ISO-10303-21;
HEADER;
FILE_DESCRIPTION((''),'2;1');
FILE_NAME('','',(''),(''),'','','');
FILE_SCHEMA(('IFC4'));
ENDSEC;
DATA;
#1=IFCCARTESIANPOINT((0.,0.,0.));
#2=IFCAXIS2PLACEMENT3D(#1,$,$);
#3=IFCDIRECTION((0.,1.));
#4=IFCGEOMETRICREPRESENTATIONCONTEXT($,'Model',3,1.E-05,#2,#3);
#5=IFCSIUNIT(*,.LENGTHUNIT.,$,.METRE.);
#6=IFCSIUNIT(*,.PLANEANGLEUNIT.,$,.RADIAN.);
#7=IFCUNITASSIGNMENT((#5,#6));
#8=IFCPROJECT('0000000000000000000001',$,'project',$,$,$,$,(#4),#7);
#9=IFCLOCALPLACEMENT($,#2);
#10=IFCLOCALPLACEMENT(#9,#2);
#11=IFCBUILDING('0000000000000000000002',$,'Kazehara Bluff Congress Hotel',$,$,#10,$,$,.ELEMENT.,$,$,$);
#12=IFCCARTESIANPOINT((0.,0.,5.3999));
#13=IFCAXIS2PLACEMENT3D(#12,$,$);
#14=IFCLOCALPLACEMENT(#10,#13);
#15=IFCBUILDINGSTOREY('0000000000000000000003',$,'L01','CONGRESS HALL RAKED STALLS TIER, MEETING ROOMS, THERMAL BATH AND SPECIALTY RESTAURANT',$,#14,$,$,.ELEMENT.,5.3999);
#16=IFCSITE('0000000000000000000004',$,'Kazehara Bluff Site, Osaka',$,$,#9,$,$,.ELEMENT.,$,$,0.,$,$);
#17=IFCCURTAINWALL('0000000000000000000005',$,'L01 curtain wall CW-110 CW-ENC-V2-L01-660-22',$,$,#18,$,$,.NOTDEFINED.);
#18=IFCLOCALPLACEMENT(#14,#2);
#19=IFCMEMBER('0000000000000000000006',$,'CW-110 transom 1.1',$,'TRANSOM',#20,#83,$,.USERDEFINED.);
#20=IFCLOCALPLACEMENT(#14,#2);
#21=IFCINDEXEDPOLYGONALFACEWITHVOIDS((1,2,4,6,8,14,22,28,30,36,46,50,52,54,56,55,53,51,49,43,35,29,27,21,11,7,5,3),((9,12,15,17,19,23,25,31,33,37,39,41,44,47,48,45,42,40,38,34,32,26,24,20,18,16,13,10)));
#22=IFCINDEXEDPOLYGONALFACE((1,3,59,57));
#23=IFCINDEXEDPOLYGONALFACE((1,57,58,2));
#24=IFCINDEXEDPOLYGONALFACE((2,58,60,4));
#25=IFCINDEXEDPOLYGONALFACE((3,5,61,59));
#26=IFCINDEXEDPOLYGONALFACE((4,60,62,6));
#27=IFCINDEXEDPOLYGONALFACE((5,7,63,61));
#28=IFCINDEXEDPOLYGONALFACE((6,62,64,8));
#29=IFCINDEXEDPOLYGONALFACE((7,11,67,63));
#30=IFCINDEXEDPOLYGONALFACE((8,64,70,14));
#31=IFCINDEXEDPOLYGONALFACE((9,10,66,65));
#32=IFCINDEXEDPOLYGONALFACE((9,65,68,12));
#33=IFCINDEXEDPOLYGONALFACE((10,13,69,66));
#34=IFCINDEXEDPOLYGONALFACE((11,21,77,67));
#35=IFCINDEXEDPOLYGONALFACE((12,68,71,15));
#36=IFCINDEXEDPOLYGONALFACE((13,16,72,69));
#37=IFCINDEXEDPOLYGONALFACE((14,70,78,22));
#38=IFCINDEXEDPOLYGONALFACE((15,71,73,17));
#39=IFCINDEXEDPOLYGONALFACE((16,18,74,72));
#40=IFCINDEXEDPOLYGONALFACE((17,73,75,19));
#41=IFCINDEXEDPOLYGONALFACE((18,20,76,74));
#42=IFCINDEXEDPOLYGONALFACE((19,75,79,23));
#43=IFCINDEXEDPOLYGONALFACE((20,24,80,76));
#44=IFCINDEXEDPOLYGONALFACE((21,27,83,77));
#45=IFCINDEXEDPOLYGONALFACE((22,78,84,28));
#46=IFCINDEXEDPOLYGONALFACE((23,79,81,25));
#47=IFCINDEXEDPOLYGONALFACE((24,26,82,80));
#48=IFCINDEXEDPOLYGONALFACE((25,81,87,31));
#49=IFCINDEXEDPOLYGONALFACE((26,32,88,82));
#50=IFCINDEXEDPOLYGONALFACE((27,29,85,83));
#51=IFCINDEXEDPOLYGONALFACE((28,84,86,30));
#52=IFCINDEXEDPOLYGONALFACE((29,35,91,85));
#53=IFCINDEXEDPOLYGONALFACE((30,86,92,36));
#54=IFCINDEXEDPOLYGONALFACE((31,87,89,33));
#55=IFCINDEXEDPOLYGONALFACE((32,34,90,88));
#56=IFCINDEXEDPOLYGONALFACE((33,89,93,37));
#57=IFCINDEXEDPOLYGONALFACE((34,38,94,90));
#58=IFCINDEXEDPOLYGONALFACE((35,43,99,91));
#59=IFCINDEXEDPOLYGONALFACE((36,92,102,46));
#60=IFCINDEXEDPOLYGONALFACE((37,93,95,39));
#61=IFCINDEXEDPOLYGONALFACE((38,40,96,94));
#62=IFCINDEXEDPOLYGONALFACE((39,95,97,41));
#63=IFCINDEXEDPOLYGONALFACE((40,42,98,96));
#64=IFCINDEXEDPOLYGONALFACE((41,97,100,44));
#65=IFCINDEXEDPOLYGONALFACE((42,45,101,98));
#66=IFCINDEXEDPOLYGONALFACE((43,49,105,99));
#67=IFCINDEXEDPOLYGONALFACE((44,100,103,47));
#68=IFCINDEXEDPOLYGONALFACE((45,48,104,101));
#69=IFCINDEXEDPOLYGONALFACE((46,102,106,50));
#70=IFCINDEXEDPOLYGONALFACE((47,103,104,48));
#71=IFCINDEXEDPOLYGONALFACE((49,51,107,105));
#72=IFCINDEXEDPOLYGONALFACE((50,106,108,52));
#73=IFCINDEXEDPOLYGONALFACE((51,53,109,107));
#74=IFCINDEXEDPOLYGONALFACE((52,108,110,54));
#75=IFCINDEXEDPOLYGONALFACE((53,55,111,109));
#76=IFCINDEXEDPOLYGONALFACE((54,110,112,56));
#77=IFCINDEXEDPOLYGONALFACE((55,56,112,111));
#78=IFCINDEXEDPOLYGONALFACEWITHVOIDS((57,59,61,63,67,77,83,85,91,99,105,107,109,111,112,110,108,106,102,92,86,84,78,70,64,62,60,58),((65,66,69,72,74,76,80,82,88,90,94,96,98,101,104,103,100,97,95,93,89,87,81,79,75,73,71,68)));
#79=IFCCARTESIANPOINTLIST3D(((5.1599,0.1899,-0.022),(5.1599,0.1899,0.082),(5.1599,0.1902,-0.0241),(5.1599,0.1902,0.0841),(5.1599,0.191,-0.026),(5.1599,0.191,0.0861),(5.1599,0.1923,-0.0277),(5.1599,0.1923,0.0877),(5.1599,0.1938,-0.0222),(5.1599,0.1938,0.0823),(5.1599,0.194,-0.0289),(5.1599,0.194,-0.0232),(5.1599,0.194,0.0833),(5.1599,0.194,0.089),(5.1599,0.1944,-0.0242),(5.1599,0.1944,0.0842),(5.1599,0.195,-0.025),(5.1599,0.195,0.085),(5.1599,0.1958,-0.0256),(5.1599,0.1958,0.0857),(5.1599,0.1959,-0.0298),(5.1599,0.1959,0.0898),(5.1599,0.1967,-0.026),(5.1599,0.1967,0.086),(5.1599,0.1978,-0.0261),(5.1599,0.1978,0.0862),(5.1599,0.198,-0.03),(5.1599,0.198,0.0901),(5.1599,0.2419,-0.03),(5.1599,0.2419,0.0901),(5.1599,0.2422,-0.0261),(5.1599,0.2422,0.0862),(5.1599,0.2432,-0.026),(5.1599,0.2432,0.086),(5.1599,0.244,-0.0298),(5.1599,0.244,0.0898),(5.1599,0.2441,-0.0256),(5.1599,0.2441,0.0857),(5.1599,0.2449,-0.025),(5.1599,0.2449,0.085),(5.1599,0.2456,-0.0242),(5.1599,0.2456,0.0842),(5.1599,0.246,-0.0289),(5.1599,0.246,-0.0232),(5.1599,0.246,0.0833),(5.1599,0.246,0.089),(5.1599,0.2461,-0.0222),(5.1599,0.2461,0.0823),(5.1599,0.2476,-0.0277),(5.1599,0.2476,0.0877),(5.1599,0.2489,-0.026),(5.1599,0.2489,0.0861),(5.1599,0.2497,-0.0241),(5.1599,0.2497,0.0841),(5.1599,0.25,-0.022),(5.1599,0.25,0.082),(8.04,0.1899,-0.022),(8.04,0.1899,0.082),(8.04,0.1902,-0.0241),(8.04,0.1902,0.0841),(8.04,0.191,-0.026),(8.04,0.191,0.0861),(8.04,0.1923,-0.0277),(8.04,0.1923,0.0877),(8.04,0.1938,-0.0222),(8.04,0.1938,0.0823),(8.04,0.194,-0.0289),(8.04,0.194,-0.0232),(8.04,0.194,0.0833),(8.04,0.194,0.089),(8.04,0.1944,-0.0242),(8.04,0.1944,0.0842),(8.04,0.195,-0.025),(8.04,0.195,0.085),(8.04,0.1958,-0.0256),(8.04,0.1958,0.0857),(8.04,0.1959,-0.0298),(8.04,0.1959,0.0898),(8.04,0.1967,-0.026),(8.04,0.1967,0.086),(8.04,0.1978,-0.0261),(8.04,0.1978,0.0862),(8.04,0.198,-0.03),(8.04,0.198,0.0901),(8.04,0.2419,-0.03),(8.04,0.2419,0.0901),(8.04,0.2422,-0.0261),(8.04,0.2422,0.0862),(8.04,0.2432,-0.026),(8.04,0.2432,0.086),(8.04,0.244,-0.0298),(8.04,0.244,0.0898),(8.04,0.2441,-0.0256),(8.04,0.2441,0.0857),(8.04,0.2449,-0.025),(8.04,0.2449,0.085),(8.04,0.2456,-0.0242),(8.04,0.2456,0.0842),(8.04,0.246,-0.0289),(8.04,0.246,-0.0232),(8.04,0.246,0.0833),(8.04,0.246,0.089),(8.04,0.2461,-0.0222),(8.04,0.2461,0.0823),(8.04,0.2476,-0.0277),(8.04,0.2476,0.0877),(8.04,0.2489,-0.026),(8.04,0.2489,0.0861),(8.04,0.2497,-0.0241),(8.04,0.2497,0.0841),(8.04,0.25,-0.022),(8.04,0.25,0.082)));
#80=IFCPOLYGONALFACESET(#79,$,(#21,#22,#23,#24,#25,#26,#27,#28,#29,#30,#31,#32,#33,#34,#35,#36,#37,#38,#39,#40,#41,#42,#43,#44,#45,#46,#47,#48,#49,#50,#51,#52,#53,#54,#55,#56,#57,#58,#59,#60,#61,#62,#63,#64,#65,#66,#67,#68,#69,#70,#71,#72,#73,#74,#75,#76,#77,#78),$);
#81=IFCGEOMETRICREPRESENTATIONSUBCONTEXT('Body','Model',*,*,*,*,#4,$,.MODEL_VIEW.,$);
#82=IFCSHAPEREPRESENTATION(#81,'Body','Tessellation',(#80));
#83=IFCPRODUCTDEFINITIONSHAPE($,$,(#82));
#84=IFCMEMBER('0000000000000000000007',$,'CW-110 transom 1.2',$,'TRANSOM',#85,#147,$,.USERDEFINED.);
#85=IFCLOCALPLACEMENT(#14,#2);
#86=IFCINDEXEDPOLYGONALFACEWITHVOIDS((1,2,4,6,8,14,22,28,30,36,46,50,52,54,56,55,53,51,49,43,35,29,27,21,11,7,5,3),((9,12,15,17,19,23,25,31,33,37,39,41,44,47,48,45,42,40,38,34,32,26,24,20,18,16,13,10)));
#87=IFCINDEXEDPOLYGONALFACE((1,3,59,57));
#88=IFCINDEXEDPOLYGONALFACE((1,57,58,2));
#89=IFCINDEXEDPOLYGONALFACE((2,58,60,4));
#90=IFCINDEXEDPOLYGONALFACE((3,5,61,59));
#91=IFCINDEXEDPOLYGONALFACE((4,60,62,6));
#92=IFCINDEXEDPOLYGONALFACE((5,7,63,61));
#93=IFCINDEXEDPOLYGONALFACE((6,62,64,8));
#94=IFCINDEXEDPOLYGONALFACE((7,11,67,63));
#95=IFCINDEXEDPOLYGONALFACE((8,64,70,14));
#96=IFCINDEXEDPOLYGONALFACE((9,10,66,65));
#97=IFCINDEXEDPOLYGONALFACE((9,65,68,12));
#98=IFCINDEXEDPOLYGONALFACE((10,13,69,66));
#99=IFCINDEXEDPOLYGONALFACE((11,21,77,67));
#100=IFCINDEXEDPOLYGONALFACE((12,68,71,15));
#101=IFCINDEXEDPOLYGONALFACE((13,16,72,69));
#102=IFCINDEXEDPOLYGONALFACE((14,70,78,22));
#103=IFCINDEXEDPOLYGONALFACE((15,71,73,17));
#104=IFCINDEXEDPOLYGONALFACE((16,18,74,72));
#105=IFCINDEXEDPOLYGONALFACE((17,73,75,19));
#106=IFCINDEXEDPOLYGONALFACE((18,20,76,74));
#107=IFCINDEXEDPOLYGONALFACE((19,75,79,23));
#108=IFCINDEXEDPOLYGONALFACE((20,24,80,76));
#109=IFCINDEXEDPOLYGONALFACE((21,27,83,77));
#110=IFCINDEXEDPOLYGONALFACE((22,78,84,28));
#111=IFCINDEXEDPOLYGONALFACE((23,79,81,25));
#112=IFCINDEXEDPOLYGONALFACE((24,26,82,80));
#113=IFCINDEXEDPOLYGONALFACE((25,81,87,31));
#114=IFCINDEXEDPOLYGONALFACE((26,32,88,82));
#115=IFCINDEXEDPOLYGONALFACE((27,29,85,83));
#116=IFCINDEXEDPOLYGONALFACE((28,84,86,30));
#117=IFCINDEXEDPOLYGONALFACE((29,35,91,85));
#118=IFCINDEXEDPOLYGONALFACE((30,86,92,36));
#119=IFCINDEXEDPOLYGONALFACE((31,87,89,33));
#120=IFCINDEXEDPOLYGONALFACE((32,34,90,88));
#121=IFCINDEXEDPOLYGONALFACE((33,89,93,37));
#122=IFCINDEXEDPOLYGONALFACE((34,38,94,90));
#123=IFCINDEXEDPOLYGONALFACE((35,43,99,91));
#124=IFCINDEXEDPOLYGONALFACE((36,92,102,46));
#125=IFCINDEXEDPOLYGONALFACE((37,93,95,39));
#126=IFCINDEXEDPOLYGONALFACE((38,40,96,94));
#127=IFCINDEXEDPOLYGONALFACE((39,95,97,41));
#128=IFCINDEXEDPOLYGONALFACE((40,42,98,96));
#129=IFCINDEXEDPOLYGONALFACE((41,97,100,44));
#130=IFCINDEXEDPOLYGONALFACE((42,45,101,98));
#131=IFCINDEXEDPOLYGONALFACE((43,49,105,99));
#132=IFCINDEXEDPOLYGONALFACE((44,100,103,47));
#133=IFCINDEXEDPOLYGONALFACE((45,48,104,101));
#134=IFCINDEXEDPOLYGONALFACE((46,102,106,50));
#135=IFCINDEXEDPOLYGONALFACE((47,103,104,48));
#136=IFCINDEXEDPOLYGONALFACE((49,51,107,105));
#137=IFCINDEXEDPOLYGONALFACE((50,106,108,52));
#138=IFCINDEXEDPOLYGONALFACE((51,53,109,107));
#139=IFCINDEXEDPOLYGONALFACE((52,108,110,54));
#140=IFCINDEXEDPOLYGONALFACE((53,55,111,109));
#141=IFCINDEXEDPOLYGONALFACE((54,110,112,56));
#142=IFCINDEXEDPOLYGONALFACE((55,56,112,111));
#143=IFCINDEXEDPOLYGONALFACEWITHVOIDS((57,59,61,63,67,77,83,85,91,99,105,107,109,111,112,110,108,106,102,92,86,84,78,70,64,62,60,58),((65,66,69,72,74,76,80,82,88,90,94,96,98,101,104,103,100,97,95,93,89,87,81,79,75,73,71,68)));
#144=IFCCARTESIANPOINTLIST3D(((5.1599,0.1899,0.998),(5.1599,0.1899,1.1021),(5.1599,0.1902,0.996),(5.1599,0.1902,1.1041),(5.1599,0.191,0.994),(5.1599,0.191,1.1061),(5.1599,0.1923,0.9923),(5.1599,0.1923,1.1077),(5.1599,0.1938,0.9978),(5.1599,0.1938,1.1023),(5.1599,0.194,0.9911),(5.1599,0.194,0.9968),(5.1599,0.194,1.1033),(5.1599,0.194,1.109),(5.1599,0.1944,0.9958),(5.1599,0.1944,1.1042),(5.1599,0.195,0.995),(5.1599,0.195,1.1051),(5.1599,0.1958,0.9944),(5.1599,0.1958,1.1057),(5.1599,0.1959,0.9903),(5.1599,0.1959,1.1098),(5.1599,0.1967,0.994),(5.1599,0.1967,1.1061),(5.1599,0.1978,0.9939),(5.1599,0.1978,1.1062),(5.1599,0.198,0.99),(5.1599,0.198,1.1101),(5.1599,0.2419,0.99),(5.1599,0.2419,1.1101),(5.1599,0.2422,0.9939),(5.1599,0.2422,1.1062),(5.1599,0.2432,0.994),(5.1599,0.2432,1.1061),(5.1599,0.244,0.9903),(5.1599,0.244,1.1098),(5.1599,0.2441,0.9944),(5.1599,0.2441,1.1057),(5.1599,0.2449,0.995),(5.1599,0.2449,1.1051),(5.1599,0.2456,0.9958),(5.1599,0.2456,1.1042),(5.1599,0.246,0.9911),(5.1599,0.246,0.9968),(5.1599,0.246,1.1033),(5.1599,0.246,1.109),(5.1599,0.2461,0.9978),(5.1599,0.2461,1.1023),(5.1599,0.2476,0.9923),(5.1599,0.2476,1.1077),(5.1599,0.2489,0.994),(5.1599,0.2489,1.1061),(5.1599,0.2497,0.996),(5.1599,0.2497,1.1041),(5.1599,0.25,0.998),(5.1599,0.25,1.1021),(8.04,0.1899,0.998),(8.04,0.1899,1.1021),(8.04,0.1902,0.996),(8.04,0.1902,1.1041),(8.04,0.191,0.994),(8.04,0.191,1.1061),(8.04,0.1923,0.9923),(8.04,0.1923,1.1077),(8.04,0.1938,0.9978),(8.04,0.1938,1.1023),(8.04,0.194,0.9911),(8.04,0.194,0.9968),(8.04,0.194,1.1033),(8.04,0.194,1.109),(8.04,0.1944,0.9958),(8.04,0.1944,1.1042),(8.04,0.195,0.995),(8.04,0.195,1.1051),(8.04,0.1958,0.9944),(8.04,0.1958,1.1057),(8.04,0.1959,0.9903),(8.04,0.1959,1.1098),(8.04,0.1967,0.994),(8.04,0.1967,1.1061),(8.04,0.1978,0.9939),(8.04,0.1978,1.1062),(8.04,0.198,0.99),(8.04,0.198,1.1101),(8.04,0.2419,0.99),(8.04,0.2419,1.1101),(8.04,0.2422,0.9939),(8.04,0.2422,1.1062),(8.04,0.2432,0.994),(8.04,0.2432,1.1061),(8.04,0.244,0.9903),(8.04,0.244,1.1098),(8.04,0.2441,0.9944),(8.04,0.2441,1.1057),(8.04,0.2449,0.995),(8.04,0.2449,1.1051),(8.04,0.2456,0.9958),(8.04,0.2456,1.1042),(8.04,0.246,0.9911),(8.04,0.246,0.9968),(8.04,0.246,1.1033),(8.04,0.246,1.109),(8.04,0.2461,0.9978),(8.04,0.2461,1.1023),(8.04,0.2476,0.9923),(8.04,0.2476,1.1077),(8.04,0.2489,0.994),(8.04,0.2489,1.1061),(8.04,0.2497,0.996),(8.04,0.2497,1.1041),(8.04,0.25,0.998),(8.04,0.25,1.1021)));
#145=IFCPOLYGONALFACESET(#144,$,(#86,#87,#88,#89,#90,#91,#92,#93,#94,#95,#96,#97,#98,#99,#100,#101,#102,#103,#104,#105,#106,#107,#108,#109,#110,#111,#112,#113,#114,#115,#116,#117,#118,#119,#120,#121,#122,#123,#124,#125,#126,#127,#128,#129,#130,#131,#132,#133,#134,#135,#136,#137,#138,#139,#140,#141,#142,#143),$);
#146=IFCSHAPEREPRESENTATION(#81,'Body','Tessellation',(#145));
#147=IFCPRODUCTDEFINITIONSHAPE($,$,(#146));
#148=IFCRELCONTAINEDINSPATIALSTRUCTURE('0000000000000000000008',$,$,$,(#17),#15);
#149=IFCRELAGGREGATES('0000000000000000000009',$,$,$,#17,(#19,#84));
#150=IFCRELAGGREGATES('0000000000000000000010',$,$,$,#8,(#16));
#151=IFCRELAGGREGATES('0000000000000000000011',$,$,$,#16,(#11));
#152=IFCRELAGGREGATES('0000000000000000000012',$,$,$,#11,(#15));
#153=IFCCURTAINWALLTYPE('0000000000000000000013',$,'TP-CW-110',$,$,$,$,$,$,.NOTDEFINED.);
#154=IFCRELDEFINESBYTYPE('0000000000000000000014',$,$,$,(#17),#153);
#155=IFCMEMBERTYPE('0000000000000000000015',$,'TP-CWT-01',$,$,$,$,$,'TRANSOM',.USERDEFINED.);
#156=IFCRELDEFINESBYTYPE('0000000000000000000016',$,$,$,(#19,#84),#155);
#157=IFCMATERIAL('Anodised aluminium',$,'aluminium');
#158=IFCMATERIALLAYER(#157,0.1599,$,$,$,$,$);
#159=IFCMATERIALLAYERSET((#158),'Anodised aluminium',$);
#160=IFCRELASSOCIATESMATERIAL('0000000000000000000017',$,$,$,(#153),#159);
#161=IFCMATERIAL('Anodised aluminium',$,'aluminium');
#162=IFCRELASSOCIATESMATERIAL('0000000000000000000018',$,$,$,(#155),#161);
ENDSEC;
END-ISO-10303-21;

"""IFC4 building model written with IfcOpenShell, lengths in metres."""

from ifc_helpers import new_model, si_unit, direction, frame, origin, origin_2d, place, context, subcontext, project, spatial, hollow_rectangle, extrude, material, layer, layer_set, material_profile, profile_set, type_object, element, aggregate, save


model = new_model("IFC4")

# Units and contexts
model_context = context("Model", 3, precision=1e-05, world=origin(), true_north=direction((0.0, 1.0)))
body_context = subcontext(model_context, "Body", "Model", "MODEL_VIEW")
ifc_project = project(units=[si_unit("LENGTHUNIT", "METRE"), si_unit("PLANEANGLEUNIT", "RADIAN")], contexts=[model_context])

# Site, building, storey
site_placement = place(None, origin())
site = spatial("IfcSite", under=ifc_project, at=site_placement, Name="Kazehara Bluff Site, Osaka", CompositionType="ELEMENT", RefElevation=0.0)
building_placement = place(site_placement, origin())
building = spatial("IfcBuilding", under=site, at=building_placement, Name="Kazehara Bluff Congress Hotel", CompositionType="ELEMENT")
storey_placement = place(building_placement, frame((0.0, 0.0, 5.3999)))
storey = spatial("IfcBuildingStorey", under=building, at=storey_placement, Name="L01", Description="CONGRESS HALL RAKED STALLS TIER, MEETING ROOMS, THERMAL BATH AND SPECIALTY RESTAURANT", CompositionType="ELEMENT", Elevation=5.3999)

# Curtain wall, members
ifc_material_1 = material(Name="Anodised aluminium", Category="aluminium")
ifc_layer_1 = layer(ifc_material_1, 0.1599)
ifc_layer_set_1 = layer_set([ifc_layer_1], Name="Anodised aluminium")
curtain_wall_type = type_object("IfcCurtainWallType", Name="TP-CW-110", PredefinedType="NOTDEFINED", material=ifc_layer_set_1)
curtain_wall_placement = place(storey_placement, origin())
curtain_wall = element("IfcCurtainWall", 1, at=curtain_wall_placement, inside=storey, type_object=curtain_wall_type, Name="L01 curtain wall CW-110 CW-ENC-V2-L01-660-22", PredefinedType="NOTDEFINED")
ifc_material_2 = material(Name="Anodised aluminium", Category="aluminium")
ifc_material_profile_1 = material_profile(ifc_material_2, hollow_rectangle(XDim=0.0601, YDim=0.1201, WallThickness=0.0039, InnerFilletRadius=0.0039, OuterFilletRadius=0.0081, at=origin_2d()))
ifc_profile_set_1 = profile_set([ifc_material_profile_1], Name="Anodised aluminium")
member_type_1 = type_object("IfcMemberType", Name="TP-CWT-01", ElementType="TRANSOM", PredefinedType="USERDEFINED", material=ifc_profile_set_1)
member_1_placement = place(storey_placement, frame((8.04, 0.22, 0.03), z_axis=(-1.0, 0.0, 0.0), x_axis=(0.0, -1.0, 0.0)))
member_1 = element("IfcMember", 2, at=member_1_placement, type_object=member_type_1, Name="CW-110 transom 1.1", ObjectType="TRANSOM", PredefinedType="USERDEFINED", context=body_context, shape_type="SweptSolid", body=[
    extrude(hollow_rectangle(XDim=0.0601, YDim=0.1201, WallThickness=0.0039, InnerFilletRadius=0.0039, OuterFilletRadius=0.0081, at=origin_2d()), origin(), (0.0, 0.0, 1.0), 2.8801),
])
member_2_placement = place(storey_placement, frame((8.04, 0.22, 1.05), z_axis=(-1.0, 0.0, 0.0), x_axis=(0.0, -1.0, 0.0)))
member_2 = element("IfcMember", 3, at=member_2_placement, type_object=member_type_1, Name="CW-110 transom 1.2", ObjectType="TRANSOM", PredefinedType="USERDEFINED", context=body_context, shape_type="SweptSolid", body=[
    extrude(hollow_rectangle(XDim=0.0601, YDim=0.1201, WallThickness=0.0039, InnerFilletRadius=0.0039, OuterFilletRadius=0.0081, at=origin_2d()), origin(), (0.0, 0.0, 1.0), 2.8801),
])

aggregate(curtain_wall, [member_1, member_2])

save(model, "model.ifc")
